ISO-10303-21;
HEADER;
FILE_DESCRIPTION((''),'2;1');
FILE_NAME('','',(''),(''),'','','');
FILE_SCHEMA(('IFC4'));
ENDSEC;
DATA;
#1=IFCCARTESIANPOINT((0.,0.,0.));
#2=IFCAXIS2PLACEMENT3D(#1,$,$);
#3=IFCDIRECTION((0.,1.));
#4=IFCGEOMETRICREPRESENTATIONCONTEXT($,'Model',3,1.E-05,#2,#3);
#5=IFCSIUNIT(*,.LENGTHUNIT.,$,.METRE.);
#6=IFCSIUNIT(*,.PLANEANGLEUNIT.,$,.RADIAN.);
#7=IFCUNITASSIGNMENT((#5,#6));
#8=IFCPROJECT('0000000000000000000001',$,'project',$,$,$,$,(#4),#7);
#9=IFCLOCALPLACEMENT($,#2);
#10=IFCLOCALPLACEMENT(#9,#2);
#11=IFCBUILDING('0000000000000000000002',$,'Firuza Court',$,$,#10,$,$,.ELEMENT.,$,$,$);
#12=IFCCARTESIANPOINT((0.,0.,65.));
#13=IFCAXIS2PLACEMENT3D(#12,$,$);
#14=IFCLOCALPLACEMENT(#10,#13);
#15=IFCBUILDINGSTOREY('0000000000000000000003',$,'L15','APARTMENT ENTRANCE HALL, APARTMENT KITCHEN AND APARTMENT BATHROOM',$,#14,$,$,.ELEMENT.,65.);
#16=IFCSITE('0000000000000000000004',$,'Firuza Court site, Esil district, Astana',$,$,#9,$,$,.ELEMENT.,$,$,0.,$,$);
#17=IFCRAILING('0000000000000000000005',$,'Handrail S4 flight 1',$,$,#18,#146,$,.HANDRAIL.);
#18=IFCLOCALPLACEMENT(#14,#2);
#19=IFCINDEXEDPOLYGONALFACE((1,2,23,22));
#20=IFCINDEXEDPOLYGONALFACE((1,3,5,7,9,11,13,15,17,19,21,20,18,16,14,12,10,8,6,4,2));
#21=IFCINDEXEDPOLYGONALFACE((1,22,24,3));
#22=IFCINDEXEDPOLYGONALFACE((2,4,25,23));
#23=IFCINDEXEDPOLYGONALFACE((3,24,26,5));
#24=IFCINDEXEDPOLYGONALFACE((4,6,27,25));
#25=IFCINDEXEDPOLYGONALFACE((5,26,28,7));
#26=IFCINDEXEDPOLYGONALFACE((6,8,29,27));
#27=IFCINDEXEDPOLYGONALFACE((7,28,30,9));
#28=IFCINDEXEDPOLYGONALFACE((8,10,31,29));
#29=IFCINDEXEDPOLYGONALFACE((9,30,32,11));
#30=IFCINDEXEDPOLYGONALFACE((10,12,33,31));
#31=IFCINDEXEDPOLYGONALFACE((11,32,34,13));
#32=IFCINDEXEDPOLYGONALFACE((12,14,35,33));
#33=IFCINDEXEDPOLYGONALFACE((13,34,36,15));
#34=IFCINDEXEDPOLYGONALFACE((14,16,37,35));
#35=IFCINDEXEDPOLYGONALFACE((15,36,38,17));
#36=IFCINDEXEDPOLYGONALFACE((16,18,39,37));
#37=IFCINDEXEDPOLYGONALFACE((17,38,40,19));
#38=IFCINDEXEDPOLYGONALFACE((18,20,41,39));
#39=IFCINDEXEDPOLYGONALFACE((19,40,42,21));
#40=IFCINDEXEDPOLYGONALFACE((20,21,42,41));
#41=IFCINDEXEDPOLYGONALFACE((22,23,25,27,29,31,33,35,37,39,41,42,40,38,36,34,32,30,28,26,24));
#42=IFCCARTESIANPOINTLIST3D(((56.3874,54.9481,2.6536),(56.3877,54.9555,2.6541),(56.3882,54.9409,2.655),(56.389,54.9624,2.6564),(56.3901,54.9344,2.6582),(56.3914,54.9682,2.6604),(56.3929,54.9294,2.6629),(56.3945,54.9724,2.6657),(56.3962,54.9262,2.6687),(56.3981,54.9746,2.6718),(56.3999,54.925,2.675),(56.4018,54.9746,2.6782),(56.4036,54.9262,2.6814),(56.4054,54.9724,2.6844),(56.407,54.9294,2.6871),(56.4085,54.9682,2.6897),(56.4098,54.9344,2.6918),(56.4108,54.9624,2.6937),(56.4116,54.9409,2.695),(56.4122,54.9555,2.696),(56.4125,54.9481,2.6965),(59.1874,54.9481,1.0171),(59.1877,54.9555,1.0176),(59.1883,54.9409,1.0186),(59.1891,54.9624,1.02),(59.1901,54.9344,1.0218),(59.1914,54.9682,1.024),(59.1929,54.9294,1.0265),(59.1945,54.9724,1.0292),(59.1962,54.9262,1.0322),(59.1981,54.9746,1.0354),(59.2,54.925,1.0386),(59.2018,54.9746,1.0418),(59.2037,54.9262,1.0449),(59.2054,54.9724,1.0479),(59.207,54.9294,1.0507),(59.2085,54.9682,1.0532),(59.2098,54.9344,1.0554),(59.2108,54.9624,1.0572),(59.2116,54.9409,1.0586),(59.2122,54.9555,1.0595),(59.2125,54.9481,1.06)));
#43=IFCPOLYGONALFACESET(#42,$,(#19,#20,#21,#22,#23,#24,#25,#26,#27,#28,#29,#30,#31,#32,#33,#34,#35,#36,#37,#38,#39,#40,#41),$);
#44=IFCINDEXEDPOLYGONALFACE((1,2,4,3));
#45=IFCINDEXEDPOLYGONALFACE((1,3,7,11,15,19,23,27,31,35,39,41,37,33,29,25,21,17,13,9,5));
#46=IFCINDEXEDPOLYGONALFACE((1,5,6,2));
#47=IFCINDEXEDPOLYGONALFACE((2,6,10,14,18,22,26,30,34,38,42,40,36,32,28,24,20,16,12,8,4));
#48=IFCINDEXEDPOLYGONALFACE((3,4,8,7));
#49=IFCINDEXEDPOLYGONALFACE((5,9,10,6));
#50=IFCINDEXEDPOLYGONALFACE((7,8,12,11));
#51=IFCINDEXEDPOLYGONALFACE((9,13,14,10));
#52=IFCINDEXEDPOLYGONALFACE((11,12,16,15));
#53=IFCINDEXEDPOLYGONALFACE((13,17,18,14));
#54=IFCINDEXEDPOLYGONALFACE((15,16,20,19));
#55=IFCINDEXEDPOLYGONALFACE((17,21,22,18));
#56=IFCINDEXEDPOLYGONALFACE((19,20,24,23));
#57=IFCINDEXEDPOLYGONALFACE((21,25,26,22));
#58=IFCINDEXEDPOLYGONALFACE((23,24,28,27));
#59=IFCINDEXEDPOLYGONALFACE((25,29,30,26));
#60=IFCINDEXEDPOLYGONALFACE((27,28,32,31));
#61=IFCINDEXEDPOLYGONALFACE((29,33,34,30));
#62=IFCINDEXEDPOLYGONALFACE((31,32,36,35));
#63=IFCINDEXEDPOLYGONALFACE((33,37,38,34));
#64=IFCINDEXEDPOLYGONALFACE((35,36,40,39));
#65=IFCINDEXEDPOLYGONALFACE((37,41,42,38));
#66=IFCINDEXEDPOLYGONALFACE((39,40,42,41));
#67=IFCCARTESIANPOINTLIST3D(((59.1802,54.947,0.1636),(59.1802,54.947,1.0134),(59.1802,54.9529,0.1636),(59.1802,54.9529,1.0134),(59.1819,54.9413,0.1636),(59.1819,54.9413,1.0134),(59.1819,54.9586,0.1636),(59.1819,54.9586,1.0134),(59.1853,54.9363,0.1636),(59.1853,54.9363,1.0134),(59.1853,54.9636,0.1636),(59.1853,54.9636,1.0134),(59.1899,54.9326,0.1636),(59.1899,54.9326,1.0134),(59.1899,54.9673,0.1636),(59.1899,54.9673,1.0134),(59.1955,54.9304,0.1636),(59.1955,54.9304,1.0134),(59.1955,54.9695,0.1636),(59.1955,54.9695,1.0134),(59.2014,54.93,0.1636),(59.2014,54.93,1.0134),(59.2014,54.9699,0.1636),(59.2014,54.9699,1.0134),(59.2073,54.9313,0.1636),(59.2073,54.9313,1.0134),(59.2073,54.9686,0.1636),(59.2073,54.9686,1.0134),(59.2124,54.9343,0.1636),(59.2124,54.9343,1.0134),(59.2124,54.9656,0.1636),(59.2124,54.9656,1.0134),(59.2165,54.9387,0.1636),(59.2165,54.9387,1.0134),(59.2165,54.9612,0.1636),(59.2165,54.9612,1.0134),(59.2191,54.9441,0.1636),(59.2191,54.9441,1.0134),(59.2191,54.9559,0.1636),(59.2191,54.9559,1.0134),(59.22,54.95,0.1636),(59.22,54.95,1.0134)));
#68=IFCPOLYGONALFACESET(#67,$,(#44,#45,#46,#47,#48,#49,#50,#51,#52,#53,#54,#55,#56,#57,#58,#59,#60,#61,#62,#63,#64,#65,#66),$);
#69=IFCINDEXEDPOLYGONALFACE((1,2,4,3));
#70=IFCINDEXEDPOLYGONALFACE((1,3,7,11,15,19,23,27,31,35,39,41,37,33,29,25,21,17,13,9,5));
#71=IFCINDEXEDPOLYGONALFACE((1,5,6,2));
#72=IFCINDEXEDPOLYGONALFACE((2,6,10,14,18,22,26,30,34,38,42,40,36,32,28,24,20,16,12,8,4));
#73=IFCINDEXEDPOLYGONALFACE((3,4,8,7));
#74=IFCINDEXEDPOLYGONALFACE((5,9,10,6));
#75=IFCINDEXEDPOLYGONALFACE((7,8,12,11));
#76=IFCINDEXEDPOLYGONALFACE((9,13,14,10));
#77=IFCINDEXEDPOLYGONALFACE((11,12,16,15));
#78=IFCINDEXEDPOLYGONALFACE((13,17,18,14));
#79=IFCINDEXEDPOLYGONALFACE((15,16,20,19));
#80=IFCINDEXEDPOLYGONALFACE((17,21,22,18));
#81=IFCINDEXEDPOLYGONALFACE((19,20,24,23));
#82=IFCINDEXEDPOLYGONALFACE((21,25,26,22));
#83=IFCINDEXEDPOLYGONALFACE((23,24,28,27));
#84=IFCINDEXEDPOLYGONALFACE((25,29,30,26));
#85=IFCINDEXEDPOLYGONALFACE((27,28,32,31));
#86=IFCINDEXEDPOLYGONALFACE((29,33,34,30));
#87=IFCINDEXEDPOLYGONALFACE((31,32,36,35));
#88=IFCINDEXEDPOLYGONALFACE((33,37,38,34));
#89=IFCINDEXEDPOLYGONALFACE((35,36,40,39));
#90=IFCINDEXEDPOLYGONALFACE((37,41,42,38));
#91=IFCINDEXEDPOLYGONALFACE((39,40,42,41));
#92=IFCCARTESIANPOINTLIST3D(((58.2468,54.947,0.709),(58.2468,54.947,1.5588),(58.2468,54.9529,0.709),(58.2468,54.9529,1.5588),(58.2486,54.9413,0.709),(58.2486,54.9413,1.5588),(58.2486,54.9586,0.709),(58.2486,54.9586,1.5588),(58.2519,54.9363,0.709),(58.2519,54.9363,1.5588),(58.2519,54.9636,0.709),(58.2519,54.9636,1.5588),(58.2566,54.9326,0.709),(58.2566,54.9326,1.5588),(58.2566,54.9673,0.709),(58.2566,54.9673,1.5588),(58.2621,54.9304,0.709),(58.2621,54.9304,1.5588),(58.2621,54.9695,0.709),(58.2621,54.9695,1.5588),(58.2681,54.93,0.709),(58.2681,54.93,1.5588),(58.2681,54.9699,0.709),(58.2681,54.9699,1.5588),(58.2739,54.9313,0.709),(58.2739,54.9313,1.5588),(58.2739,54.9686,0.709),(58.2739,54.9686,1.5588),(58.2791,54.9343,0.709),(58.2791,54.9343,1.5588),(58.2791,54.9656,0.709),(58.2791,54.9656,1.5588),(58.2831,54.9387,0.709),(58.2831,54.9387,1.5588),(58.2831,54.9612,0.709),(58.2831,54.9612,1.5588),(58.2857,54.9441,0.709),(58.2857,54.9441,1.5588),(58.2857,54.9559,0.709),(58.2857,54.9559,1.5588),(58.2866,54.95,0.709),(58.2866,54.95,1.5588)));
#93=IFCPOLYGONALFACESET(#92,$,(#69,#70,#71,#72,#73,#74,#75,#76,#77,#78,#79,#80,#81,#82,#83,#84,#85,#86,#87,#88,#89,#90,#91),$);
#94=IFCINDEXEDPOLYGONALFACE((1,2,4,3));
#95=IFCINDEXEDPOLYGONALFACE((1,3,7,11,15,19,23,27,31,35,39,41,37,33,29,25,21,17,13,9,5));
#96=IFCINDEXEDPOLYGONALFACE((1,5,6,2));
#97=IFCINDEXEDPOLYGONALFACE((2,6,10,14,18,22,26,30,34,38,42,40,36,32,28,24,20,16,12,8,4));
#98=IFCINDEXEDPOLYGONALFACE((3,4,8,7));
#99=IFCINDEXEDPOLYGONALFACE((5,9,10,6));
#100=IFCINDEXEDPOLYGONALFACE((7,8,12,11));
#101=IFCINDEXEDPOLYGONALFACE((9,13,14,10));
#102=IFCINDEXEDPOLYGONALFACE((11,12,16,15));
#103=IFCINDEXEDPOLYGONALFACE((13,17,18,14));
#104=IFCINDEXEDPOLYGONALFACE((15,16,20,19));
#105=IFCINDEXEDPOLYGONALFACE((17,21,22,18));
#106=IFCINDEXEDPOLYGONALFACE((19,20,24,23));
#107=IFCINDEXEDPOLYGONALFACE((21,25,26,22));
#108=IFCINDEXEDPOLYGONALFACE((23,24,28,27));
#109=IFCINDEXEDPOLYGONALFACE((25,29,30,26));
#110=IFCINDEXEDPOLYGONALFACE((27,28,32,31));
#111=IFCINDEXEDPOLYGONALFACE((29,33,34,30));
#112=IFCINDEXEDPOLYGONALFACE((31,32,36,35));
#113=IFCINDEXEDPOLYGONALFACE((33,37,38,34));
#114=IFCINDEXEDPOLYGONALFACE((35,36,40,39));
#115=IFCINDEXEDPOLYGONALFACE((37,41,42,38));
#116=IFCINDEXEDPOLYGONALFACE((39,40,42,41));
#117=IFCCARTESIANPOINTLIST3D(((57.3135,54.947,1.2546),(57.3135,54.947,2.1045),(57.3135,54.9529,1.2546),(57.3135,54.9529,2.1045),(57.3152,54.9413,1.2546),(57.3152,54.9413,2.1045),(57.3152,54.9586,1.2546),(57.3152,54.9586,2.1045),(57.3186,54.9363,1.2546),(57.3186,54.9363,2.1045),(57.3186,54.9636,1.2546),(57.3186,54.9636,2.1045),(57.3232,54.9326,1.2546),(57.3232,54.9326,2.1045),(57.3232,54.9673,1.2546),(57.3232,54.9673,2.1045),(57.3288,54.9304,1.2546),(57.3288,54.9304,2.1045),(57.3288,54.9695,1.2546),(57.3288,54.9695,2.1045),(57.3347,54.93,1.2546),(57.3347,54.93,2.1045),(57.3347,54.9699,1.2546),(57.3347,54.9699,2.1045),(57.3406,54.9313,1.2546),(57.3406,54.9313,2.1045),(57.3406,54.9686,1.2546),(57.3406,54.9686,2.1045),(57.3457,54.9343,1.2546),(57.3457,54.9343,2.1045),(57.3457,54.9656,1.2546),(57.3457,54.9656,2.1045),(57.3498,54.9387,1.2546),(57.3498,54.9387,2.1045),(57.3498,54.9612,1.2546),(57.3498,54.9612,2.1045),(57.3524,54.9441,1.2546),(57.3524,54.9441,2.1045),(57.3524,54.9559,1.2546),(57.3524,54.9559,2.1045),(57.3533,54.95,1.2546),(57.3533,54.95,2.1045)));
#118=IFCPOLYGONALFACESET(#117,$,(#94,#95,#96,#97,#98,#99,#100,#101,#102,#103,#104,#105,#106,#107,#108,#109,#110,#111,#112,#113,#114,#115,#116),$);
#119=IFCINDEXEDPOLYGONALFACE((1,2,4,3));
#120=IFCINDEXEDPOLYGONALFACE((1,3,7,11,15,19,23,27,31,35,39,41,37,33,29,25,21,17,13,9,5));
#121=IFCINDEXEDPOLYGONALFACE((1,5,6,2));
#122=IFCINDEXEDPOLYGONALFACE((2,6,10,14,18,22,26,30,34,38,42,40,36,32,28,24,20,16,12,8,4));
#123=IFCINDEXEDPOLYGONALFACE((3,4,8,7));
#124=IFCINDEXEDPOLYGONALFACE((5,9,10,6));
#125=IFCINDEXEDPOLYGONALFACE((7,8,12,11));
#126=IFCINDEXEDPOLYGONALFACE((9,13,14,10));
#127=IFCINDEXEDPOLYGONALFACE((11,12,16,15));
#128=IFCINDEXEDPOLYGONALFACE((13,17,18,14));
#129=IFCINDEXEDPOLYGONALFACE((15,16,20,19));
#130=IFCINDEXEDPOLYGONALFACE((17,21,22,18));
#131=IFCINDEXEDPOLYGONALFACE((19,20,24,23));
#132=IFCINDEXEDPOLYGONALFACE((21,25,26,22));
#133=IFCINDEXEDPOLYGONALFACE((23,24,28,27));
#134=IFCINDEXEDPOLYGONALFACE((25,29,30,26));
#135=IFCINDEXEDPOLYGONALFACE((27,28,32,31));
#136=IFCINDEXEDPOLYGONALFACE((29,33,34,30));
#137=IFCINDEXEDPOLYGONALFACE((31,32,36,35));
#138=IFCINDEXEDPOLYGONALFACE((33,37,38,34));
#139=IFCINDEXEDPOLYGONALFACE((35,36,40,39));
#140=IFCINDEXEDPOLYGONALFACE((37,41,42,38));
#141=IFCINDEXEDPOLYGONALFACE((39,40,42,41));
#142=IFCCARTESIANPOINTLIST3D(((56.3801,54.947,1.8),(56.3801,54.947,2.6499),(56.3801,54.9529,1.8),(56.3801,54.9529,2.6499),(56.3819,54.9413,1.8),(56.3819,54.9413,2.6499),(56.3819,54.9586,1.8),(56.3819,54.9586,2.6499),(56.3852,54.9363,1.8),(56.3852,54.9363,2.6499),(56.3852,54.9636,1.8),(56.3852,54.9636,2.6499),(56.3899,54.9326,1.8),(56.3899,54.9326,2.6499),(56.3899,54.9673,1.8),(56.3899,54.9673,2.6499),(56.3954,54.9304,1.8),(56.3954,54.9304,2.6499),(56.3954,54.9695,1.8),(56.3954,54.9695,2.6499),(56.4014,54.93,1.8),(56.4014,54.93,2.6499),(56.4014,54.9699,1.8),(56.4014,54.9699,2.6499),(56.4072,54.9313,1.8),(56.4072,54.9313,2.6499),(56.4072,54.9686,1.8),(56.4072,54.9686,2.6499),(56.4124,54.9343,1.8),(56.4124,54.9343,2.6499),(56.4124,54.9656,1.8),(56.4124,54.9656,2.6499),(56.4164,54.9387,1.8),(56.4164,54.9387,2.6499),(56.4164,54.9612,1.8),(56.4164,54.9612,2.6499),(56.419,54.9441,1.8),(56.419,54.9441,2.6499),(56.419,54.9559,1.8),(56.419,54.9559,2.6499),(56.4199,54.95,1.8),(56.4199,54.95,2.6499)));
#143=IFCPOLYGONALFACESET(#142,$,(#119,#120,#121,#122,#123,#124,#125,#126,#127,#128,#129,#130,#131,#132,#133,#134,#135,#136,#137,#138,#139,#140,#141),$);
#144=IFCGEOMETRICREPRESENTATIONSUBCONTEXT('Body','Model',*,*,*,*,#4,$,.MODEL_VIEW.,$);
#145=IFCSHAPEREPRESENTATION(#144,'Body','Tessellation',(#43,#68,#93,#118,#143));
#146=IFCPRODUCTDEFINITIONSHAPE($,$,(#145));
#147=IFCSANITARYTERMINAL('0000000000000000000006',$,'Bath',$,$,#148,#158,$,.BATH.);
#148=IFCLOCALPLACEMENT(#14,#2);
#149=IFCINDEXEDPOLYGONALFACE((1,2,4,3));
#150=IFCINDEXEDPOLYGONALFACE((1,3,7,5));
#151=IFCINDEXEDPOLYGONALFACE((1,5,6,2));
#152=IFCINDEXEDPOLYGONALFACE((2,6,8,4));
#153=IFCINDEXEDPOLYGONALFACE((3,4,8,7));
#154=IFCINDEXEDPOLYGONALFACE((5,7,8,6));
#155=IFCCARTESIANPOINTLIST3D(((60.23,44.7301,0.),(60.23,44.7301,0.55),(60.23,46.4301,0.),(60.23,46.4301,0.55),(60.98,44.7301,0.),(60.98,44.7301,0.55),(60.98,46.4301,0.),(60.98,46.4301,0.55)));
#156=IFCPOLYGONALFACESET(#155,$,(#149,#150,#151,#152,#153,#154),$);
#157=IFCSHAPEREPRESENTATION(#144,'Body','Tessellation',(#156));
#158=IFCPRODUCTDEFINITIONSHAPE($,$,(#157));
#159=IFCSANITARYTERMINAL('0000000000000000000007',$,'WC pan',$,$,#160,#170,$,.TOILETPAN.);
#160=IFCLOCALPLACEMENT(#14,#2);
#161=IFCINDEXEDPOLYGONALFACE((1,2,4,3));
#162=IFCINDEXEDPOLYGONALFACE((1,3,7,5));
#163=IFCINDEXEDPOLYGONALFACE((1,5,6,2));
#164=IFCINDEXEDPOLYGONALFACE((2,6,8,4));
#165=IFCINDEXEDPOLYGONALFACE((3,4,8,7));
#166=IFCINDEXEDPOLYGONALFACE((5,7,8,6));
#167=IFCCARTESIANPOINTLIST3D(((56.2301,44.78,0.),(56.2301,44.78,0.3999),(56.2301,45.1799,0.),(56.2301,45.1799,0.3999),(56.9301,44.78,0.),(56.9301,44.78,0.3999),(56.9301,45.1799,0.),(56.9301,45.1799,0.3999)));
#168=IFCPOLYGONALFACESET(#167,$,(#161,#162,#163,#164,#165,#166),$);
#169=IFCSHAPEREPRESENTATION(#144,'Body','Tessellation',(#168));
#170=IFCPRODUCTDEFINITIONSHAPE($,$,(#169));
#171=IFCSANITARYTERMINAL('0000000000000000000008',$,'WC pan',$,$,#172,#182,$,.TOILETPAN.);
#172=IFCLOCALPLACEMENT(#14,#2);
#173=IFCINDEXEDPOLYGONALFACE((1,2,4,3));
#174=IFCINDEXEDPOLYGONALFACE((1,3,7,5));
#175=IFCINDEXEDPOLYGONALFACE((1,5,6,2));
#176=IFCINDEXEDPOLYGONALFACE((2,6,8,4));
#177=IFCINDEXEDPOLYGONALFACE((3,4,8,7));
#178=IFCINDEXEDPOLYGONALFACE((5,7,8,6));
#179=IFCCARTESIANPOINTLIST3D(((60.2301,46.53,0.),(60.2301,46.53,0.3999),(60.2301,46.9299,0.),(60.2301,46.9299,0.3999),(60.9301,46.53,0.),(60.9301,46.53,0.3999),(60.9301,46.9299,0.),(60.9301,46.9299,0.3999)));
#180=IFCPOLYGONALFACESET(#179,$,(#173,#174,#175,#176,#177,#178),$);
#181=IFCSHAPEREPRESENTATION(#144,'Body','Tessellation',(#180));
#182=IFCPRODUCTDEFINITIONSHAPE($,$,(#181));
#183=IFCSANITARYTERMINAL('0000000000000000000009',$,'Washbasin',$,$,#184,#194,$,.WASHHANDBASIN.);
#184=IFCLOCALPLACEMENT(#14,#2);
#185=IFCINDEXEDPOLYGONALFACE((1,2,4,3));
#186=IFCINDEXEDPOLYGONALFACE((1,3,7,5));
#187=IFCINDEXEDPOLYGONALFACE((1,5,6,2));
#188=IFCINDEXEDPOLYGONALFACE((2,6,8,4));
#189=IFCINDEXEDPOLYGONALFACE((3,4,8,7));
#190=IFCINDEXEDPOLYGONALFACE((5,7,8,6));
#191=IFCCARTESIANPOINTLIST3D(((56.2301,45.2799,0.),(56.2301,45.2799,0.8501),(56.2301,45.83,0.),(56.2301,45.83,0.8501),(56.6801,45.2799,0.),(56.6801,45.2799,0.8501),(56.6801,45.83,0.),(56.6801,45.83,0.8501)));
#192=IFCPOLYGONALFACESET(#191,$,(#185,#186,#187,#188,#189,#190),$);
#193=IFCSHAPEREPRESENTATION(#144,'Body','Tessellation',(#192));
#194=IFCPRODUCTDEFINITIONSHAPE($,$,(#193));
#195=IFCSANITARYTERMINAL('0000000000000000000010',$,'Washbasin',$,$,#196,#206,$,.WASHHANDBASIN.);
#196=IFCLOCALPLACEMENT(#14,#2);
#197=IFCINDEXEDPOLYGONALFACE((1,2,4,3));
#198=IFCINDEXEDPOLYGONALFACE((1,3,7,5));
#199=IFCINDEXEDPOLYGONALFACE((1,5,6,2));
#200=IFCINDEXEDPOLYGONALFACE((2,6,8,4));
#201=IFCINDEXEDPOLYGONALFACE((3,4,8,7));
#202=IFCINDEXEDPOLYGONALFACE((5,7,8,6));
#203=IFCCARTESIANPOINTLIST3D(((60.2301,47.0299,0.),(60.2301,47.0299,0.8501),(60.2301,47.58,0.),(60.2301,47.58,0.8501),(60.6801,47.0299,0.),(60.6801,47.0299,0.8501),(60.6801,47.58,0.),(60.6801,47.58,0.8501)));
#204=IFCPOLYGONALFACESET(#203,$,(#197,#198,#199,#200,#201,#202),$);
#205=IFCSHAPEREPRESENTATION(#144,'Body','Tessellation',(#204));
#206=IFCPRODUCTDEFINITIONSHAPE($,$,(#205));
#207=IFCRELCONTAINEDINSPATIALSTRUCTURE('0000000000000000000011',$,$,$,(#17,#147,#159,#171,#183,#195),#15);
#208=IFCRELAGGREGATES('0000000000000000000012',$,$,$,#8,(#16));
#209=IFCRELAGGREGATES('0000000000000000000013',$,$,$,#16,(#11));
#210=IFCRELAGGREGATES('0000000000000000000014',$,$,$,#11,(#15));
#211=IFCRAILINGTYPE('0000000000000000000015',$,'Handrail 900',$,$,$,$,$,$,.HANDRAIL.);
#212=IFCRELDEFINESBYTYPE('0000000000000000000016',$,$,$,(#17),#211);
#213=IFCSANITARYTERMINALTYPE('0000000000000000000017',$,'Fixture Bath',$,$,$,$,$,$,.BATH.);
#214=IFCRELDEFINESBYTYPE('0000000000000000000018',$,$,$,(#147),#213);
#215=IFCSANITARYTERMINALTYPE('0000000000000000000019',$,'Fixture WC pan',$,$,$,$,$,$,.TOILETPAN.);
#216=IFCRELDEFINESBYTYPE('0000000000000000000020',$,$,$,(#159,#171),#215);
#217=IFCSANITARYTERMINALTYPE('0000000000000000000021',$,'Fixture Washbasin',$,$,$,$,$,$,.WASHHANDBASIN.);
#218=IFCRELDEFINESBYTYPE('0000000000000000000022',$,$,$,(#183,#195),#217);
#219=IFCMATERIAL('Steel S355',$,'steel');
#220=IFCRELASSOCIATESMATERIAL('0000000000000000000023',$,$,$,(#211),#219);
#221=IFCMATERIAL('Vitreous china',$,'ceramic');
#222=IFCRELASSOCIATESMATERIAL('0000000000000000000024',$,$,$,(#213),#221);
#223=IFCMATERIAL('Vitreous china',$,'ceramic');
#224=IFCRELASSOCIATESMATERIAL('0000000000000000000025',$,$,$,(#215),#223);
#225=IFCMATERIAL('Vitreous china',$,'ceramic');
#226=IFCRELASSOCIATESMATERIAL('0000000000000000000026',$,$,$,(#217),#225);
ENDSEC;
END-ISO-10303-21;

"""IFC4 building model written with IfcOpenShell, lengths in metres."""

from ifc_helpers import new_model, si_unit, direction, frame, origin, origin_2d, place, context, subcontext, project, spatial, rectangle, circle, extrude, material, type_object, element, save


model = new_model("IFC4")

# Units and contexts
model_context = context("Model", 3, precision=1e-05, world=origin(), true_north=direction((0.0, 1.0)))
body_context = subcontext(model_context, "Body", "Model", "MODEL_VIEW")
ifc_project = project(units=[si_unit("LENGTHUNIT", "METRE"), si_unit("PLANEANGLEUNIT", "RADIAN")], contexts=[model_context])

# Site, building, storey
site_placement = place(None, origin())
site = spatial("IfcSite", under=ifc_project, at=site_placement, Name="Firuza Court site, Esil district, Astana", CompositionType="ELEMENT", RefElevation=0.0)
building_placement = place(site_placement, origin())
building = spatial("IfcBuilding", under=site, at=building_placement, Name="Firuza Court", CompositionType="ELEMENT")
storey_placement = place(building_placement, frame((0.0, 0.0, 65.0)))
storey = spatial("IfcBuildingStorey", under=building, at=storey_placement, Name="L15", Description="APARTMENT ENTRANCE HALL, APARTMENT KITCHEN AND APARTMENT BATHROOM", CompositionType="ELEMENT", Elevation=65.0)

# Railing
ifc_material_1 = material(Name="Steel S355", Category="steel")
railing_type_1 = type_object("IfcRailingType", Name="Handrail 900", PredefinedType="HANDRAIL", material=ifc_material_1)
railing_1_placement = place(storey_placement, frame((59.2, 54.95, 0.1636)))
element("IfcRailing", 1, at=railing_1_placement, inside=storey, type_object=railing_type_1, Name="Handrail S4 flight 1", PredefinedType="HANDRAIL", context=body_context, shape_type="SweptSolid", body=[
    extrude(circle(Radius=0.0249, at=origin_2d()), frame((0.0, 0.0, 0.875), z_axis=(-0.863361, 0.0, 0.504587), x_axis=(0.0, -1.0, 0.0)), (0.0, 0.0, 1.0), 3.2432),
    extrude(circle(Radius=0.02, at=origin_2d()), origin(), (0.0, 0.0, 1.0), 0.8499),
    extrude(circle(Radius=0.02, at=origin_2d()), frame((-0.9333, 0.0, 0.5454)), (0.0, 0.0, 1.0), 0.8499),
    extrude(circle(Radius=0.02, at=origin_2d()), frame((-1.8667, 0.0, 1.0911)), (0.0, 0.0, 1.0), 0.8499),
    extrude(circle(Radius=0.02, at=origin_2d()), frame((-2.8, 0.0, 1.6365)), (0.0, 0.0, 1.0), 0.8499),
])

# Sanitary terminals
ifc_material_2 = material(Name="Vitreous china", Category="ceramic")
sanitary_terminal_type_1 = type_object("IfcSanitaryTerminalType", Name="Fixture Bath", PredefinedType="BATH", material=ifc_material_2)
sanitary_terminal_placement = place(storey_placement, frame((60.605, 45.5801, 0.0), z_axis=(0.0, 0.0, 1.0), x_axis=(1.0, 0.0, 0.0)))
element("IfcSanitaryTerminal", 2, at=sanitary_terminal_placement, inside=storey, type_object=sanitary_terminal_type_1, Name="Bath", PredefinedType="BATH", context=body_context, shape_type="SweptSolid", body=[
    extrude(rectangle(XDim=0.75, YDim=1.7, at=origin_2d()), origin(), (0.0, 0.0, 1.0), 0.55),
])
ifc_material_3 = material(Name="Vitreous china", Category="ceramic")
sanitary_terminal_type_2 = type_object("IfcSanitaryTerminalType", Name="Fixture WC pan", PredefinedType="TOILETPAN", material=ifc_material_3)
for number, where, z_axis, x_axis, name in (
    (3, (56.5801, 44.98, 0.0), (0.0, 0.0, 1.0), (1.0, 0.0, 0.0), "WC pan"),
    (4, (60.5801, 46.73, 0.0), (0.0, 0.0, 1.0), (1.0, 0.0, 0.0), "WC pan"),
):
    element("IfcSanitaryTerminal", number, at=place(storey_placement, frame(where, z_axis=z_axis, x_axis=x_axis)), inside=storey, type_object=sanitary_terminal_type_2, Name=name, PredefinedType="TOILETPAN", context=body_context, shape_type="SweptSolid", body=[
        extrude(rectangle(XDim=0.7, YDim=0.3999, at=origin_2d()), origin(), (0.0, 0.0, 1.0), 0.3999),
    ])
ifc_material_4 = material(Name="Vitreous china", Category="ceramic")
sanitary_terminal_type_3 = type_object("IfcSanitaryTerminalType", Name="Fixture Washbasin", PredefinedType="WASHHANDBASIN", material=ifc_material_4)
for number, where, z_axis, x_axis, name in (
    (5, (56.4551, 45.5549, 0.0), (0.0, 0.0, 1.0), (1.0, 0.0, 0.0), "Washbasin"),
    (6, (60.4551, 47.3049, 0.0), (0.0, 0.0, 1.0), (1.0, 0.0, 0.0), "Washbasin"),
):
    element("IfcSanitaryTerminal", number, at=place(storey_placement, frame(where, z_axis=z_axis, x_axis=x_axis)), inside=storey, type_object=sanitary_terminal_type_3, Name=name, PredefinedType="WASHHANDBASIN", context=body_context, shape_type="SweptSolid", body=[
        extrude(rectangle(XDim=0.45, YDim=0.55, at=origin_2d()), origin(), (0.0, 0.0, 1.0), 0.8501),
    ])

save(model, "model.ifc")
